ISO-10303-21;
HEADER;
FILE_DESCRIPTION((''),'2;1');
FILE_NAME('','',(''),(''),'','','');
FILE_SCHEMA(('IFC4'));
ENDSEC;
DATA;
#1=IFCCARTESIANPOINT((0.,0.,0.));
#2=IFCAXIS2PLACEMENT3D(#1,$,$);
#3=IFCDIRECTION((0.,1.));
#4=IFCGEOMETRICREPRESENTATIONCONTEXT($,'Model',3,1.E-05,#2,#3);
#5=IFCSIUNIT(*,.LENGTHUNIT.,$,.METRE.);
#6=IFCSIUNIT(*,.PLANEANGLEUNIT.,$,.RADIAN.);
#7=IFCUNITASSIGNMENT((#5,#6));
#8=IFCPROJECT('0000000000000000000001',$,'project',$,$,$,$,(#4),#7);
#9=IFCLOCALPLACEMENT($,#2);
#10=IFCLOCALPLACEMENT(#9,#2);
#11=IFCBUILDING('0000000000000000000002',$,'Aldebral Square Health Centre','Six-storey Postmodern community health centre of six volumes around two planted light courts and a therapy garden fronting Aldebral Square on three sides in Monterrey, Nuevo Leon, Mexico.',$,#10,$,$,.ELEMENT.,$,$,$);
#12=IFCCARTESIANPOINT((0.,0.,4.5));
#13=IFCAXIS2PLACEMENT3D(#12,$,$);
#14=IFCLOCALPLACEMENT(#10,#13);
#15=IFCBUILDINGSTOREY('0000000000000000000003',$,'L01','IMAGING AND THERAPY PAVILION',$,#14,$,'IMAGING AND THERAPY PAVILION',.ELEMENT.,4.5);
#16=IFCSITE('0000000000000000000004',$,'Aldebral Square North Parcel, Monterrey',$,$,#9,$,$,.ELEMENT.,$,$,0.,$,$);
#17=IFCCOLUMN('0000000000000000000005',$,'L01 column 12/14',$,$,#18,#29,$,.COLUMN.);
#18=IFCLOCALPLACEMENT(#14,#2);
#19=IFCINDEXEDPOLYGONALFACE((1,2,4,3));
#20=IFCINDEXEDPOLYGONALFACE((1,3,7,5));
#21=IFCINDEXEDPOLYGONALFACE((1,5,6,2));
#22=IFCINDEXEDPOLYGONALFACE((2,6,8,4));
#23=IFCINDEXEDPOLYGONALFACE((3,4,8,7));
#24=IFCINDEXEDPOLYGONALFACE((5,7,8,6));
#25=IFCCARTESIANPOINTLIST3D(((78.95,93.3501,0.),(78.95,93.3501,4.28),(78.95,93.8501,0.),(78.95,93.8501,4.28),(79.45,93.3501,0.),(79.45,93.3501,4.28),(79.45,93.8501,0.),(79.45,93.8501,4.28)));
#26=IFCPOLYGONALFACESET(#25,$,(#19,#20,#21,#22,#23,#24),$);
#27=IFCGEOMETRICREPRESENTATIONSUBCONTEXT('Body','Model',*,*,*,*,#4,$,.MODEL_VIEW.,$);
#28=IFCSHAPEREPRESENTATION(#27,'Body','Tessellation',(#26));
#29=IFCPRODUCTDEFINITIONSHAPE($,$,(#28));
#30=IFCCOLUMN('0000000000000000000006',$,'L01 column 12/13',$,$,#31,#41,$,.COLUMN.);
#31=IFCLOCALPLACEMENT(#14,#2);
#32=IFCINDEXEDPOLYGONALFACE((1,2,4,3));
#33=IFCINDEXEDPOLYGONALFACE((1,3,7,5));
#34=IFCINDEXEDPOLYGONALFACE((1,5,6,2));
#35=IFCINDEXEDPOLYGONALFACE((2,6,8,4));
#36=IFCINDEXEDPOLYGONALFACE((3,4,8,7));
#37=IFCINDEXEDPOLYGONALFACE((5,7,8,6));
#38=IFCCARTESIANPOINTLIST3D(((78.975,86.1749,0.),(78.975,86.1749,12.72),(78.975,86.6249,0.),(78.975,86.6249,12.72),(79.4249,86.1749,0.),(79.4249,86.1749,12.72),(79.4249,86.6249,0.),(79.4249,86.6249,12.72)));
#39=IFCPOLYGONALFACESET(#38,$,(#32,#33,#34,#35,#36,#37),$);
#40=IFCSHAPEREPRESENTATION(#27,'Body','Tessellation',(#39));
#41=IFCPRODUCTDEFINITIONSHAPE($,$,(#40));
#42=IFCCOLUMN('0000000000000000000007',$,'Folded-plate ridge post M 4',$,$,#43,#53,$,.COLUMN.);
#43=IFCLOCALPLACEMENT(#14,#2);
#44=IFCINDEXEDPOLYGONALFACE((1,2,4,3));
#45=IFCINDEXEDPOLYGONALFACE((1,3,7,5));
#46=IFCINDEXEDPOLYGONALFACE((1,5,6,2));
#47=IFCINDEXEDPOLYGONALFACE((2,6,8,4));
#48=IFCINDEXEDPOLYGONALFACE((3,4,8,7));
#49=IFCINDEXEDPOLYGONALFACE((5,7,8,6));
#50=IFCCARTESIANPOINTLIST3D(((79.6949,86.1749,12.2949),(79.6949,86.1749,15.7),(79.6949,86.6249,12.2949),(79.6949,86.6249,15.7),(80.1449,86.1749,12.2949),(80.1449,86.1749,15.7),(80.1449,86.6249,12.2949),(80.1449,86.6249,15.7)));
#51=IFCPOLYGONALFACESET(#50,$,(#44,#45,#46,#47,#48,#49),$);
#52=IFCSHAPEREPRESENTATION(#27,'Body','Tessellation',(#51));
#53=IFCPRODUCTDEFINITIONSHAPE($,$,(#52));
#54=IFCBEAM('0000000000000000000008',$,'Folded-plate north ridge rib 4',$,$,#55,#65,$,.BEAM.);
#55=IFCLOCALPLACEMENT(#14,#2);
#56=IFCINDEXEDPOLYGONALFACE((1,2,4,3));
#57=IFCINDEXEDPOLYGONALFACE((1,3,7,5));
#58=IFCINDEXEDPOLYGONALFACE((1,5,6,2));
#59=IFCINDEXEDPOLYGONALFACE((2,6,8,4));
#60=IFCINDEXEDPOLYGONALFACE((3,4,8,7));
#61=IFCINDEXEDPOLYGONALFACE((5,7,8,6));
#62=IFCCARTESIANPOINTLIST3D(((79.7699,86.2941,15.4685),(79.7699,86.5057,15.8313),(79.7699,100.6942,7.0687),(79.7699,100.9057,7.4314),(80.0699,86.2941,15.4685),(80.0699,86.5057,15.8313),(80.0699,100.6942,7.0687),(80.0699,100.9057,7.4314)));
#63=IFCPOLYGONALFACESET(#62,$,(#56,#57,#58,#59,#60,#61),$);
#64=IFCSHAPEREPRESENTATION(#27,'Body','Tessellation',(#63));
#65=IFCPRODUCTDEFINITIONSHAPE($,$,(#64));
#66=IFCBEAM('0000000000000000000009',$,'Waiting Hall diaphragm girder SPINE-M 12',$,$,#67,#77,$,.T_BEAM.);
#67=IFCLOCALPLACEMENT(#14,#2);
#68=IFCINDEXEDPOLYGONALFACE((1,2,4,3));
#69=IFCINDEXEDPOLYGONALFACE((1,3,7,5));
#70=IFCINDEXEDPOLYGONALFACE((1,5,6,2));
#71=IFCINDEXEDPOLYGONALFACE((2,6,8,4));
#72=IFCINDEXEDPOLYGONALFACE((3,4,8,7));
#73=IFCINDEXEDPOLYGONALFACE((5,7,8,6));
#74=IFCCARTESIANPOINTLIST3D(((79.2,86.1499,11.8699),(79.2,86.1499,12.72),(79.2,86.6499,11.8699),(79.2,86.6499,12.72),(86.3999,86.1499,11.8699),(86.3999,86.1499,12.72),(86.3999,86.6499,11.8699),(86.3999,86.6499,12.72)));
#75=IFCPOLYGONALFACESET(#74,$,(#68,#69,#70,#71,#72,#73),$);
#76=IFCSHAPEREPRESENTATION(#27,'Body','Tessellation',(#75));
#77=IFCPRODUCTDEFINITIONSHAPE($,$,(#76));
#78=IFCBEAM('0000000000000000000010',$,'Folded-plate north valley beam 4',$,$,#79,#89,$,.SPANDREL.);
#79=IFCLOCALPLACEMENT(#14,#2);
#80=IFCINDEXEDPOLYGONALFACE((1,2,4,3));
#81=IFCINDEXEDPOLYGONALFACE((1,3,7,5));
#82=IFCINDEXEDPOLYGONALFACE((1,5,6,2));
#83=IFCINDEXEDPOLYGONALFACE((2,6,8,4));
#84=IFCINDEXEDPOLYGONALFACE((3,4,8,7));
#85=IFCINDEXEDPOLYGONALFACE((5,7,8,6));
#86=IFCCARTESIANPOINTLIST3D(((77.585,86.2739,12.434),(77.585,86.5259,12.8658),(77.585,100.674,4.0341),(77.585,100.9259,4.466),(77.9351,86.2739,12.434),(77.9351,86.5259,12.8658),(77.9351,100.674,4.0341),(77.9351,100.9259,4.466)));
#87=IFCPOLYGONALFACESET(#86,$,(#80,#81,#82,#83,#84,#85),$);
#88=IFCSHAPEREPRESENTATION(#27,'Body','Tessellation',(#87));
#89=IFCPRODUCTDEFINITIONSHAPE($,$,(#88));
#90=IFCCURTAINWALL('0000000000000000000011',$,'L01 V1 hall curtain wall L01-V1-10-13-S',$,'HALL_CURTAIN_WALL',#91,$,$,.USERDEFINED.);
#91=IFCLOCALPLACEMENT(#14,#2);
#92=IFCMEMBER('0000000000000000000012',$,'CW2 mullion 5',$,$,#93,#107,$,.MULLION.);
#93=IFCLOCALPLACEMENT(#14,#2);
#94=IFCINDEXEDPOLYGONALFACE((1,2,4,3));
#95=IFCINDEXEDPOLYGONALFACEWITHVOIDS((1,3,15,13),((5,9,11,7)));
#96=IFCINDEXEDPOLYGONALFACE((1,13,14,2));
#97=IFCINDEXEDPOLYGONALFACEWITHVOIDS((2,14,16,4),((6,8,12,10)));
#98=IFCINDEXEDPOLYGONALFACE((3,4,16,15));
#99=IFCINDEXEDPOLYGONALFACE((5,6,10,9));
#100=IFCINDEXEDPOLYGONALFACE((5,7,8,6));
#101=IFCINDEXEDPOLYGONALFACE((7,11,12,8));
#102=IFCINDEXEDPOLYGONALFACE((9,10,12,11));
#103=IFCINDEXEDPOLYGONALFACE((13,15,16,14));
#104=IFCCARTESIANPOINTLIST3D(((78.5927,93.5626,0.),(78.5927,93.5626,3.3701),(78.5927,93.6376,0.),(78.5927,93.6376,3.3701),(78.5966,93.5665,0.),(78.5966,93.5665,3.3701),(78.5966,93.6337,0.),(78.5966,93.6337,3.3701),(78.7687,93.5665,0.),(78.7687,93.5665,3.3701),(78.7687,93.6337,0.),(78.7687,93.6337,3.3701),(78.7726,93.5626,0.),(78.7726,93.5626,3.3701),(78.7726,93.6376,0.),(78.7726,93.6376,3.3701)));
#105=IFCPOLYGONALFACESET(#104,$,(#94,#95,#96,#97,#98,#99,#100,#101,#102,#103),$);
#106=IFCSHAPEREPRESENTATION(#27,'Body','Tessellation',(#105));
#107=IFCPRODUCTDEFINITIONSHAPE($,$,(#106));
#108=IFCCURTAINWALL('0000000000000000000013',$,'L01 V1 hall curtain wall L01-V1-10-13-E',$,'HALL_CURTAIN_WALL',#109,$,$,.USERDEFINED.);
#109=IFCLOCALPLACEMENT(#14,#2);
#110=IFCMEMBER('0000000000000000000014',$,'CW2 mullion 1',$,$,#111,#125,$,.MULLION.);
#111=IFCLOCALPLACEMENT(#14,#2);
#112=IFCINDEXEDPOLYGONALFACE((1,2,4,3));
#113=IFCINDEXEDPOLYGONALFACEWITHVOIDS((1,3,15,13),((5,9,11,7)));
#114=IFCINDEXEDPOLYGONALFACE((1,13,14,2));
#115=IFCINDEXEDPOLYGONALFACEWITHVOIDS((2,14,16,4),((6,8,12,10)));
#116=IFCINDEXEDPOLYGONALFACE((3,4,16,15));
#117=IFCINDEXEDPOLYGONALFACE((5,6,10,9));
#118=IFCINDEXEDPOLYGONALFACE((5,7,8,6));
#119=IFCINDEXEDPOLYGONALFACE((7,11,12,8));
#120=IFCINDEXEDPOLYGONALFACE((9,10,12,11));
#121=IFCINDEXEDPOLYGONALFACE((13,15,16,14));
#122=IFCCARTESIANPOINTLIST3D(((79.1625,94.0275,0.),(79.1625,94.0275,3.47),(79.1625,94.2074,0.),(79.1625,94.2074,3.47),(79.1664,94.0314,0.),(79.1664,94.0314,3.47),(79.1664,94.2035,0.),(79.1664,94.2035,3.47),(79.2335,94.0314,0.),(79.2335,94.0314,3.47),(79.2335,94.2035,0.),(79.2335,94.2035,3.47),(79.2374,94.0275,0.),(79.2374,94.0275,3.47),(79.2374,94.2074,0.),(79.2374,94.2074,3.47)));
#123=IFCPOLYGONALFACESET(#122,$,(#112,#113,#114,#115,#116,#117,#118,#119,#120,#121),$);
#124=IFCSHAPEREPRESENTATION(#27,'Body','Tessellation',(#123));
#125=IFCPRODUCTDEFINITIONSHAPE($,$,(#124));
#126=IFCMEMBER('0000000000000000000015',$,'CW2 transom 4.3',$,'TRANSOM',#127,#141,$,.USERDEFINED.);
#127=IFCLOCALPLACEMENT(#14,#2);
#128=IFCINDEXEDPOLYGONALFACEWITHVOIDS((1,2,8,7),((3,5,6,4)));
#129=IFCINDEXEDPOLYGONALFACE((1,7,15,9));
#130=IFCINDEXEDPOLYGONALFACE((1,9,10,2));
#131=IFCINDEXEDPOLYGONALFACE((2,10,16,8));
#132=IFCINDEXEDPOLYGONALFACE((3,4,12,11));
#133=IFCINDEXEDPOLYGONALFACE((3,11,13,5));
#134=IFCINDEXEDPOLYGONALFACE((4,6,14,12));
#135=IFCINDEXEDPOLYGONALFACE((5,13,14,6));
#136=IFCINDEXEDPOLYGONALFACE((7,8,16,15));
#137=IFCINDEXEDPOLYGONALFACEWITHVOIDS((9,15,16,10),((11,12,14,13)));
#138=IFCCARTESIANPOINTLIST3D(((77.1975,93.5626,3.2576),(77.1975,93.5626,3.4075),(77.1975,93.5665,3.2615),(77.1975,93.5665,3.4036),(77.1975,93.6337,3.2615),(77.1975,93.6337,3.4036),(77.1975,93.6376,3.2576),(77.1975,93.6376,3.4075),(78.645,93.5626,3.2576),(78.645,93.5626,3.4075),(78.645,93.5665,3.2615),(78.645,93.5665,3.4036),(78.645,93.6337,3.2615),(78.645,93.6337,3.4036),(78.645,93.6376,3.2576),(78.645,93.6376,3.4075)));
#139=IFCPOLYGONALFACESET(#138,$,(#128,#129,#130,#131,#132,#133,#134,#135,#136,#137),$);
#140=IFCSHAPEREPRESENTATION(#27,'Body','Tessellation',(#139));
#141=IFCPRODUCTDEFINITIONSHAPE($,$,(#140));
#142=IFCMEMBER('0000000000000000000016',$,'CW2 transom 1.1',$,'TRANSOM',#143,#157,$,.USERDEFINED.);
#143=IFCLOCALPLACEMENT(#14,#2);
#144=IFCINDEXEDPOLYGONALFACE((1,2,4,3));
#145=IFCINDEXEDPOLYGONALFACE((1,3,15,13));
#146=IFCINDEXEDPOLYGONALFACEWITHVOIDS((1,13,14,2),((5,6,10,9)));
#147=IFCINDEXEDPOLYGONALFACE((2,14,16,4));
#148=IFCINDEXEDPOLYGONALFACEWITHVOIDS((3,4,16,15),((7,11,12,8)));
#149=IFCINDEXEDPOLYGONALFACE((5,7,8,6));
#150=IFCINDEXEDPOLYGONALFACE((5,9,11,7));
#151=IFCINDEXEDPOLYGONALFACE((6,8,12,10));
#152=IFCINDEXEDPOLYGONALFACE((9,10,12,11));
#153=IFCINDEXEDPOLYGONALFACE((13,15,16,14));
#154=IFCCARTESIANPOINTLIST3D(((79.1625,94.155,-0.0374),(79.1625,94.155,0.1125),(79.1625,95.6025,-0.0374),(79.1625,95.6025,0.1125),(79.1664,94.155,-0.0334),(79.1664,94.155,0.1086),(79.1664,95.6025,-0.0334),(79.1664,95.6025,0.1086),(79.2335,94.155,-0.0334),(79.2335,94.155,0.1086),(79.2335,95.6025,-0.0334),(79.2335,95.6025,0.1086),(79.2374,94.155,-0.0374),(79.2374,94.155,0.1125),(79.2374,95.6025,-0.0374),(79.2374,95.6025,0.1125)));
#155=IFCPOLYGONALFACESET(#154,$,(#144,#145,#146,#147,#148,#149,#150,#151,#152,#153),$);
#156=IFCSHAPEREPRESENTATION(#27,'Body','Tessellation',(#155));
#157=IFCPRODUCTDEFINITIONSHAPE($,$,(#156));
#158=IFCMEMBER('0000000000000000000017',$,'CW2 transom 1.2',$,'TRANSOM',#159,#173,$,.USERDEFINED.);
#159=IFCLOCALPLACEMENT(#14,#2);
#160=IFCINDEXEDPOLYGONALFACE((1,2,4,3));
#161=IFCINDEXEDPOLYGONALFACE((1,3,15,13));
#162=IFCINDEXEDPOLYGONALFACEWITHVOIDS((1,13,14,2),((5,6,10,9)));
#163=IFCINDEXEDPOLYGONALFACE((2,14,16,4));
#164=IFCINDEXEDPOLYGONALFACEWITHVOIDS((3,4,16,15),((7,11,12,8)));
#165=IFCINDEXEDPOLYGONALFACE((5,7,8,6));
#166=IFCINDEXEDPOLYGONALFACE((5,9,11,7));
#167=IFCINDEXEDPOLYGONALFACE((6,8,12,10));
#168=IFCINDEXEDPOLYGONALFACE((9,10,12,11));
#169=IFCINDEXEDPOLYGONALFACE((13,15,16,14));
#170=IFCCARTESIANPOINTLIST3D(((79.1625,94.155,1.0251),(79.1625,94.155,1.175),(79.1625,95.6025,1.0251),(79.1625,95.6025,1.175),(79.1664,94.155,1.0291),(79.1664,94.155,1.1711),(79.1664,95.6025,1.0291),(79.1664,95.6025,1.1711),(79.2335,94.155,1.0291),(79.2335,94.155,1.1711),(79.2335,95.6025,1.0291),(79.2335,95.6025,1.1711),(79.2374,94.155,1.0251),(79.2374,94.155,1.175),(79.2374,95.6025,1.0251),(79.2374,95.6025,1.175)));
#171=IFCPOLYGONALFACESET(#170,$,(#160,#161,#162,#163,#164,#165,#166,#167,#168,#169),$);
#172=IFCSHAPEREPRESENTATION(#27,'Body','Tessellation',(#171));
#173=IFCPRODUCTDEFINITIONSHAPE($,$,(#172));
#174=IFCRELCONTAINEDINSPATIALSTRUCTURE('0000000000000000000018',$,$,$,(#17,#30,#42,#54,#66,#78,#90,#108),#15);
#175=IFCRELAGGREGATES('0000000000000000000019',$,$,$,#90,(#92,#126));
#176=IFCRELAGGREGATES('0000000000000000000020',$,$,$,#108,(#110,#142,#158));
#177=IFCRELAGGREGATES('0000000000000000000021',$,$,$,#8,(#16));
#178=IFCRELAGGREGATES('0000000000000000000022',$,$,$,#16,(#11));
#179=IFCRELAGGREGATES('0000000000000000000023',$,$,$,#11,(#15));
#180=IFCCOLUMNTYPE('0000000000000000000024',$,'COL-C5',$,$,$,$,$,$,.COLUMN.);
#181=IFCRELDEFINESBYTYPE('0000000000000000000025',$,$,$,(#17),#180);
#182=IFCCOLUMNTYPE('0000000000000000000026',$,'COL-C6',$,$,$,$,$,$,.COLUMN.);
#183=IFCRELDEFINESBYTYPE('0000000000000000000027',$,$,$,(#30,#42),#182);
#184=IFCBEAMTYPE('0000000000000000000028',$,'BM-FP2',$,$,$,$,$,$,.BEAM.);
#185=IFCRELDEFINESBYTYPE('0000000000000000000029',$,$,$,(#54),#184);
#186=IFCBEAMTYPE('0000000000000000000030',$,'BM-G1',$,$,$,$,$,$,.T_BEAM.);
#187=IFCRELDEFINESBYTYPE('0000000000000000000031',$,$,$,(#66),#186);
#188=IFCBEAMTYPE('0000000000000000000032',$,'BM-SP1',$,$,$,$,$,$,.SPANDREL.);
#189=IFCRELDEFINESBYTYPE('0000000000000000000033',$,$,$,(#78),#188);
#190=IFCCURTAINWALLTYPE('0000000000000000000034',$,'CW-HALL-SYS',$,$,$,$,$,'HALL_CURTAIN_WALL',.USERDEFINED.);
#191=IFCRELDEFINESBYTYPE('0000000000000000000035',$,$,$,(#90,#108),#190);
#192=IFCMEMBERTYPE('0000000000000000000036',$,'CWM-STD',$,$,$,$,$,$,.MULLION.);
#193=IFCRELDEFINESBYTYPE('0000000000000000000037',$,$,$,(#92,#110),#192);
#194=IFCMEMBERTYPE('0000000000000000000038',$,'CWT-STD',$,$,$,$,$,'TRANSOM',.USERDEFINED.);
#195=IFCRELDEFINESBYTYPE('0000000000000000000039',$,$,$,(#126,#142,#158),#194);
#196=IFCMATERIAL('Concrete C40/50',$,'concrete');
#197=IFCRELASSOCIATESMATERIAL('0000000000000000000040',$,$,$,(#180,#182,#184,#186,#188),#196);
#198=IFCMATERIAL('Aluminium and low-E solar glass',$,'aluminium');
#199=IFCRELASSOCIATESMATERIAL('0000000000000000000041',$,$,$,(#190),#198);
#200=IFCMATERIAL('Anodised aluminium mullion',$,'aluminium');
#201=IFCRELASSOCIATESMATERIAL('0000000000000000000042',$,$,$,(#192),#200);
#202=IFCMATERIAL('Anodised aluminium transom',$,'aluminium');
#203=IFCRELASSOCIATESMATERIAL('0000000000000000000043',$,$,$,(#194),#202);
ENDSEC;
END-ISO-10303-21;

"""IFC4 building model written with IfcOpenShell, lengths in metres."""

from ifc_helpers import new_model, si_unit, direction, frame, origin, origin_2d, place, context, subcontext, project, spatial, rectangle, hollow_rectangle, extrude, material, material_profile, profile_set, type_object, element, aggregate, save


model = new_model("IFC4")

# Units and contexts
model_context = context("Model", 3, precision=1e-05, world=origin(), true_north=direction((0.0, 1.0)))
body_context = subcontext(model_context, "Body", "Model", "MODEL_VIEW")
ifc_project = project(units=[si_unit("LENGTHUNIT", "METRE"), si_unit("PLANEANGLEUNIT", "RADIAN")], contexts=[model_context])

# Site, building, storey
site_placement = place(None, origin())
site = spatial("IfcSite", under=ifc_project, at=site_placement, Name="Aldebral Square North Parcel, Monterrey", CompositionType="ELEMENT", RefElevation=0.0)
building_placement = place(site_placement, origin())
building = spatial("IfcBuilding", under=site, at=building_placement, Name="Aldebral Square Health Centre", Description="Six-storey Postmodern community health centre of six volumes around two planted light courts and a therapy garden fronting Aldebral Square on three sides in Monterrey, Nuevo Leon, Mexico.", CompositionType="ELEMENT")
storey_placement = place(building_placement, frame((0.0, 0.0, 4.5)))
storey = spatial("IfcBuildingStorey", under=building, at=storey_placement, Name="L01", Description="IMAGING AND THERAPY PAVILION", LongName="IMAGING AND THERAPY PAVILION", CompositionType="ELEMENT", Elevation=4.5)

# Columns
ifc_material_1 = material(Name="Concrete C40/50", Category="concrete")
ifc_material_profile_1 = material_profile(ifc_material_1, rectangle(XDim=0.5, YDim=0.5, at=origin_2d()), Name="RC 500x500")
ifc_profile_set_1 = profile_set([ifc_material_profile_1], Name="Concrete C40/50")
column_type_1 = type_object("IfcColumnType", Name="COL-C5", PredefinedType="COLUMN", material=ifc_profile_set_1)
column_1_placement = place(storey_placement, frame((79.2, 93.6001, 0.0), z_axis=(0.0, 0.0, 1.0), x_axis=(1.0, 0.0, 0.0)))
element("IfcColumn", 1, at=column_1_placement, inside=storey, type_object=column_type_1, Name="L01 column 12/14", PredefinedType="COLUMN", context=body_context, shape_type="SweptSolid", body=[
    extrude(rectangle(XDim=0.5, YDim=0.5, at=origin_2d()), origin(), (0.0, 0.0, 1.0), 4.28),
])
ifc_material_profile_2 = material_profile(ifc_material_1, rectangle(XDim=0.45, YDim=0.45, at=origin_2d()), Name="RC 450x450")
ifc_profile_set_2 = profile_set([ifc_material_profile_2], Name="Concrete C40/50")
column_type_2 = type_object("IfcColumnType", Name="COL-C6", PredefinedType="COLUMN", material=ifc_profile_set_2)
column_2_placement = place(storey_placement, frame((79.2, 86.3999, 0.0), z_axis=(0.0, 0.0, 1.0), x_axis=(1.0, 0.0, 0.0)))
element("IfcColumn", 2, at=column_2_placement, inside=storey, type_object=column_type_2, Name="L01 column 12/13", PredefinedType="COLUMN", context=body_context, shape_type="SweptSolid", body=[
    extrude(rectangle(XDim=0.45, YDim=0.45, at=origin_2d()), origin(), (0.0, 0.0, 1.0), 12.72),
])
column_3_placement = place(storey_placement, frame((79.9199, 86.3999, 12.2949), z_axis=(0.0, 0.0, 1.0), x_axis=(1.0, 0.0, 0.0)))
element("IfcColumn", 3, at=column_3_placement, inside=storey, type_object=column_type_2, Name="Folded-plate ridge post M 4", PredefinedType="COLUMN", context=body_context, shape_type="SweptSolid", body=[
    extrude(rectangle(XDim=0.45, YDim=0.45, at=origin_2d()), origin(), (0.0, 0.0, 1.0), 3.405),
])

# Beams
ifc_material_profile_3 = material_profile(ifc_material_1, rectangle(XDim=0.3, YDim=0.4199, at=origin_2d()), Name="RC 300x420")
ifc_profile_set_3 = profile_set([ifc_material_profile_3], Name="Concrete C40/50")
beam_type_1 = type_object("IfcBeamType", Name="BM-FP2", PredefinedType="BEAM", material=ifc_profile_set_3)
beam_1_placement = place(storey_placement, frame((79.9199, 86.3999, 15.6499), z_axis=(0.0, 0.863784, -0.503863), x_axis=(-1.0, 0.0, 0.0)))
element("IfcBeam", 4, at=beam_1_placement, inside=storey, type_object=beam_type_1, Name="Folded-plate north ridge rib 4", PredefinedType="BEAM", context=body_context, shape_type="SweptSolid", body=[
    extrude(rectangle(XDim=0.3, YDim=0.4199, at=origin_2d()), origin(), (0.0, 0.0, 1.0), 16.6709),
])
ifc_material_profile_4 = material_profile(ifc_material_1, rectangle(XDim=0.5, YDim=0.8501, at=origin_2d()), Name="RC 500x850")
ifc_profile_set_4 = profile_set([ifc_material_profile_4], Name="Concrete C40/50")
beam_type_2 = type_object("IfcBeamType", Name="BM-G1", PredefinedType="T_BEAM", material=ifc_profile_set_4)
beam_2_placement = place(storey_placement, frame((79.2, 86.3999, 12.2949), z_axis=(1.0, 0.0, 0.0), x_axis=(0.0, 1.0, 0.0)))
element("IfcBeam", 5, at=beam_2_placement, inside=storey, type_object=beam_type_2, Name="Waiting Hall diaphragm girder SPINE-M 12", PredefinedType="T_BEAM", context=body_context, shape_type="SweptSolid", body=[
    extrude(rectangle(XDim=0.5, YDim=0.8501, at=origin_2d()), origin(), (0.0, 0.0, 1.0), 7.2),
])
ifc_material_profile_5 = material_profile(ifc_material_1, rectangle(XDim=0.3501, YDim=0.5, at=origin_2d()), Name="RC 350x500")
ifc_profile_set_5 = profile_set([ifc_material_profile_5], Name="Concrete C40/50")
beam_type_3 = type_object("IfcBeamType", Name="BM-SP1", PredefinedType="SPANDREL", material=ifc_profile_set_5)
beam_3_placement = place(storey_placement, frame((77.76, 86.3999, 12.6499), z_axis=(0.0, 0.863784, -0.503863), x_axis=(-1.0, 0.0, 0.0)))
element("IfcBeam", 6, at=beam_3_placement, inside=storey, type_object=beam_type_3, Name="Folded-plate north valley beam 4", PredefinedType="SPANDREL", context=body_context, shape_type="SweptSolid", body=[
    extrude(rectangle(XDim=0.3501, YDim=0.5, at=origin_2d()), origin(), (0.0, 0.0, 1.0), 16.6709),
])

# Curtain walls, members
ifc_material_2 = material(Name="Aluminium and low-E solar glass", Category="aluminium")
curtain_wall_type = type_object("IfcCurtainWallType", Name="CW-HALL-SYS", ElementType="HALL_CURTAIN_WALL", PredefinedType="USERDEFINED", material=ifc_material_2)
curtain_wall_1_placement = place(storey_placement, origin())
curtain_wall_1 = element("IfcCurtainWall", 7, at=curtain_wall_1_placement, inside=storey, type_object=curtain_wall_type, Name="L01 V1 hall curtain wall L01-V1-10-13-S", ObjectType="HALL_CURTAIN_WALL", PredefinedType="USERDEFINED")
ifc_material_3 = material(Name="Anodised aluminium mullion", Category="aluminium")
ifc_material_profile_6 = material_profile(ifc_material_3, hollow_rectangle(XDim=0.075, YDim=0.1799, WallThickness=0.0039, at=origin_2d()), Name="CWM 75x180x4")
ifc_profile_set_6 = profile_set([ifc_material_profile_6], Name="Anodised aluminium mullion")
member_type_1 = type_object("IfcMemberType", Name="CWM-STD", PredefinedType="MULLION", material=ifc_profile_set_6)
member_1_placement = place(storey_placement, frame((78.6826, 93.6001, 0.0), z_axis=(0.0, 0.0, 1.0), x_axis=(0.0, 1.0, 0.0)))
member_1 = element("IfcMember", 8, at=member_1_placement, type_object=member_type_1, Name="CW2 mullion 5", PredefinedType="MULLION", context=body_context, shape_type="SweptSolid", body=[
    extrude(hollow_rectangle(XDim=0.075, YDim=0.1799, WallThickness=0.0039, at=origin_2d()), origin(), (0.0, 0.0, 1.0), 3.3701),
])
curtain_wall_2_placement = place(storey_placement, origin())
curtain_wall_2 = element("IfcCurtainWall", 9, at=curtain_wall_2_placement, inside=storey, type_object=curtain_wall_type, Name="L01 V1 hall curtain wall L01-V1-10-13-E", ObjectType="HALL_CURTAIN_WALL", PredefinedType="USERDEFINED")
member_2_placement = place(storey_placement, frame((79.2, 94.1174, 0.0), z_axis=(0.0, 0.0, 1.0), x_axis=(-1.0, 0.0, 0.0)))
member_2 = element("IfcMember", 10, at=member_2_placement, type_object=member_type_1, Name="CW2 mullion 1", PredefinedType="MULLION", context=body_context, shape_type="SweptSolid", body=[
    extrude(hollow_rectangle(XDim=0.075, YDim=0.1799, WallThickness=0.0039, at=origin_2d()), origin(), (0.0, 0.0, 1.0), 3.47),
])

# Members
ifc_material_4 = material(Name="Anodised aluminium transom", Category="aluminium")
ifc_material_profile_7 = material_profile(ifc_material_4, hollow_rectangle(XDim=0.075, YDim=0.1499, WallThickness=0.0039, at=origin_2d()), Name="CWT 75x150x4")
ifc_profile_set_7 = profile_set([ifc_material_profile_7], Name="Anodised aluminium transom")
member_type_2 = type_object("IfcMemberType", Name="CWT-STD", ElementType="TRANSOM", PredefinedType="USERDEFINED", material=ifc_profile_set_7)
member_3_placement = place(storey_placement, frame((77.1975, 93.6001, 3.3325), z_axis=(1.0, 0.0, 0.0), x_axis=(0.0, 1.0, 0.0)))
member_3 = element("IfcMember", 11, at=member_3_placement, type_object=member_type_2, Name="CW2 transom 4.3", ObjectType="TRANSOM", PredefinedType="USERDEFINED", context=body_context, shape_type="SweptSolid", body=[
    extrude(hollow_rectangle(XDim=0.075, YDim=0.1499, WallThickness=0.0039, at=origin_2d()), origin(), (0.0, 0.0, 1.0), 1.4475),
])
member_4_placement = place(storey_placement, frame((79.2, 94.155, 0.0376), z_axis=(0.0, 1.0, 0.0), x_axis=(-1.0, 0.0, 0.0)))
member_4 = element("IfcMember", 12, at=member_4_placement, type_object=member_type_2, Name="CW2 transom 1.1", ObjectType="TRANSOM", PredefinedType="USERDEFINED", context=body_context, shape_type="SweptSolid", body=[
    extrude(hollow_rectangle(XDim=0.075, YDim=0.1499, WallThickness=0.0039, at=origin_2d()), origin(), (0.0, 0.0, 1.0), 1.4475),
])
member_5_placement = place(storey_placement, frame((79.2, 94.155, 1.1001), z_axis=(0.0, 1.0, 0.0), x_axis=(-1.0, 0.0, 0.0)))
member_5 = element("IfcMember", 13, at=member_5_placement, type_object=member_type_2, Name="CW2 transom 1.2", ObjectType="TRANSOM", PredefinedType="USERDEFINED", context=body_context, shape_type="SweptSolid", body=[
    extrude(hollow_rectangle(XDim=0.075, YDim=0.1499, WallThickness=0.0039, at=origin_2d()), origin(), (0.0, 0.0, 1.0), 1.4475),
])

aggregate(curtain_wall_1, [member_1, member_3])
aggregate(curtain_wall_2, [member_2, member_4, member_5])

save(model, "model.ifc")
